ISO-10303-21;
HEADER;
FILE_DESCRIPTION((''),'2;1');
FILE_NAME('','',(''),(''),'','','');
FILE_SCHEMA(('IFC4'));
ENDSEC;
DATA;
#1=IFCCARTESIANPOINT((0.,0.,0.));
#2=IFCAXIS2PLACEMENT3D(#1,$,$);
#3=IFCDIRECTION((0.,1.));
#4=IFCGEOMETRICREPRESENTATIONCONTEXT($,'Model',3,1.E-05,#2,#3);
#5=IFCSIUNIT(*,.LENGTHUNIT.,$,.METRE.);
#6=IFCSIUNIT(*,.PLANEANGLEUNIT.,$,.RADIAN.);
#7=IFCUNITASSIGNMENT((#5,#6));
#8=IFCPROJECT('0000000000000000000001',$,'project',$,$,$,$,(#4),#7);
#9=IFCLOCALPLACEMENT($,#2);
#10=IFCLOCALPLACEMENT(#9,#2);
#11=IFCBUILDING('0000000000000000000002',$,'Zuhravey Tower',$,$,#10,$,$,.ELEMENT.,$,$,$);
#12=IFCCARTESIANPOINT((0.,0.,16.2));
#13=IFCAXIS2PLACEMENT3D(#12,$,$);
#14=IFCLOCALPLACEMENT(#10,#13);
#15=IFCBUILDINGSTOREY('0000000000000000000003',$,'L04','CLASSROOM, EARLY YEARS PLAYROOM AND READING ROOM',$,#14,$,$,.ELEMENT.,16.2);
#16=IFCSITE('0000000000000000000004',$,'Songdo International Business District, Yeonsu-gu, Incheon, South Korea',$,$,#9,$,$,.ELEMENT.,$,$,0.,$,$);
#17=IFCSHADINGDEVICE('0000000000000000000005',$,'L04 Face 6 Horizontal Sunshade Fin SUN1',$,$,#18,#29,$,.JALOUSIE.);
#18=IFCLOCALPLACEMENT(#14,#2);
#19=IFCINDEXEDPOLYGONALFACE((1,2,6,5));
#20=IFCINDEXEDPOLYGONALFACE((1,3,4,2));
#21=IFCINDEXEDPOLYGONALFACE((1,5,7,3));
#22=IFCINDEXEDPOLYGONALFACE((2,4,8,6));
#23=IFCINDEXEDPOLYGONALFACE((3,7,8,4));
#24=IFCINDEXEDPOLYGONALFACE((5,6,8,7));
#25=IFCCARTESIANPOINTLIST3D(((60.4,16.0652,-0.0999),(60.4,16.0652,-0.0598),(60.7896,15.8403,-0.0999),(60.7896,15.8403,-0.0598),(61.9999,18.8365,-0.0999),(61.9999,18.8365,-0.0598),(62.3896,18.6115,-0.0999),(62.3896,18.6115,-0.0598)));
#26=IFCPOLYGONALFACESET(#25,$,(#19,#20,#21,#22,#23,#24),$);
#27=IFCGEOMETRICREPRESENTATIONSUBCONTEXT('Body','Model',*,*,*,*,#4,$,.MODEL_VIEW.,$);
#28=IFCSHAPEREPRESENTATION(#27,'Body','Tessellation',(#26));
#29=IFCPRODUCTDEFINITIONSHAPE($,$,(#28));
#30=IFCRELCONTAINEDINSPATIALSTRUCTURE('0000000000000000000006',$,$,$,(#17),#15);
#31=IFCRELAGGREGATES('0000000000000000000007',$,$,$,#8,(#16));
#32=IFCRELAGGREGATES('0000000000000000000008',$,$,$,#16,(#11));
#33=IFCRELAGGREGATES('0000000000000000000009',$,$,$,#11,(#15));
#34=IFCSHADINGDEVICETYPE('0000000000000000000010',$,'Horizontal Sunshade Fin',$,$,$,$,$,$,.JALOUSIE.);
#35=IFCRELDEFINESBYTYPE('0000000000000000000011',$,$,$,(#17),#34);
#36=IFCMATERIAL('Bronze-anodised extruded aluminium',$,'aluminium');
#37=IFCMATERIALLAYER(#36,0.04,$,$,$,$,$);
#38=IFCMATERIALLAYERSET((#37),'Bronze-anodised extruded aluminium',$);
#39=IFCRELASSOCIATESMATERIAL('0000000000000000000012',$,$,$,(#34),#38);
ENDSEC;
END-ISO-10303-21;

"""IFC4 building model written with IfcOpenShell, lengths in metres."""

from ifc_helpers import new_model, si_unit, direction, frame, origin, origin_2d, place, context, subcontext, project, spatial, rectangle, extrude, material, layer, layer_set, type_object, element, save


model = new_model("IFC4")

# Units and contexts
model_context = context("Model", 3, precision=1e-05, world=origin(), true_north=direction((0.0, 1.0)))
body_context = subcontext(model_context, "Body", "Model", "MODEL_VIEW")
ifc_project = project(units=[si_unit("LENGTHUNIT", "METRE"), si_unit("PLANEANGLEUNIT", "RADIAN")], contexts=[model_context])

# Site, building, storey
site_placement = place(None, origin())
site = spatial("IfcSite", under=ifc_project, at=site_placement, Name="Songdo International Business District, Yeonsu-gu, Incheon, South Korea", CompositionType="ELEMENT", RefElevation=0.0)
building_placement = place(site_placement, origin())
building = spatial("IfcBuilding", under=site, at=building_placement, Name="Zuhravey Tower", CompositionType="ELEMENT")
storey_placement = place(building_placement, frame((0.0, 0.0, 16.2)))
storey = spatial("IfcBuildingStorey", under=building, at=storey_placement, Name="L04", Description="CLASSROOM, EARLY YEARS PLAYROOM AND READING ROOM", CompositionType="ELEMENT", Elevation=16.2)

# Shading device
ifc_material_1 = material(Name="Bronze-anodised extruded aluminium", Category="aluminium")
ifc_layer_1 = layer(ifc_material_1, 0.04)
ifc_layer_set_1 = layer_set([ifc_layer_1], Name="Bronze-anodised extruded aluminium")
shading_device_type = type_object("IfcShadingDeviceType", Name="Horizontal Sunshade Fin", PredefinedType="JALOUSIE", material=ifc_layer_set_1)
shading_device_placement = place(storey_placement, frame((61.3948, 17.3384, -0.0999), z_axis=(0.0, 0.0, 1.0), x_axis=(-0.5, -0.866025, 0.0)))
element("IfcShadingDevice", 1, at=shading_device_placement, inside=storey, type_object=shading_device_type, Name="L04 Face 6 Horizontal Sunshade Fin SUN1", PredefinedType="JALOUSIE", context=body_context, shape_type="SweptSolid", body=[
    extrude(rectangle(XDim=3.2, YDim=0.45, at=origin_2d()), origin(), (0.0, 0.0, 1.0), 0.04),
])

save(model, "model.ifc")
